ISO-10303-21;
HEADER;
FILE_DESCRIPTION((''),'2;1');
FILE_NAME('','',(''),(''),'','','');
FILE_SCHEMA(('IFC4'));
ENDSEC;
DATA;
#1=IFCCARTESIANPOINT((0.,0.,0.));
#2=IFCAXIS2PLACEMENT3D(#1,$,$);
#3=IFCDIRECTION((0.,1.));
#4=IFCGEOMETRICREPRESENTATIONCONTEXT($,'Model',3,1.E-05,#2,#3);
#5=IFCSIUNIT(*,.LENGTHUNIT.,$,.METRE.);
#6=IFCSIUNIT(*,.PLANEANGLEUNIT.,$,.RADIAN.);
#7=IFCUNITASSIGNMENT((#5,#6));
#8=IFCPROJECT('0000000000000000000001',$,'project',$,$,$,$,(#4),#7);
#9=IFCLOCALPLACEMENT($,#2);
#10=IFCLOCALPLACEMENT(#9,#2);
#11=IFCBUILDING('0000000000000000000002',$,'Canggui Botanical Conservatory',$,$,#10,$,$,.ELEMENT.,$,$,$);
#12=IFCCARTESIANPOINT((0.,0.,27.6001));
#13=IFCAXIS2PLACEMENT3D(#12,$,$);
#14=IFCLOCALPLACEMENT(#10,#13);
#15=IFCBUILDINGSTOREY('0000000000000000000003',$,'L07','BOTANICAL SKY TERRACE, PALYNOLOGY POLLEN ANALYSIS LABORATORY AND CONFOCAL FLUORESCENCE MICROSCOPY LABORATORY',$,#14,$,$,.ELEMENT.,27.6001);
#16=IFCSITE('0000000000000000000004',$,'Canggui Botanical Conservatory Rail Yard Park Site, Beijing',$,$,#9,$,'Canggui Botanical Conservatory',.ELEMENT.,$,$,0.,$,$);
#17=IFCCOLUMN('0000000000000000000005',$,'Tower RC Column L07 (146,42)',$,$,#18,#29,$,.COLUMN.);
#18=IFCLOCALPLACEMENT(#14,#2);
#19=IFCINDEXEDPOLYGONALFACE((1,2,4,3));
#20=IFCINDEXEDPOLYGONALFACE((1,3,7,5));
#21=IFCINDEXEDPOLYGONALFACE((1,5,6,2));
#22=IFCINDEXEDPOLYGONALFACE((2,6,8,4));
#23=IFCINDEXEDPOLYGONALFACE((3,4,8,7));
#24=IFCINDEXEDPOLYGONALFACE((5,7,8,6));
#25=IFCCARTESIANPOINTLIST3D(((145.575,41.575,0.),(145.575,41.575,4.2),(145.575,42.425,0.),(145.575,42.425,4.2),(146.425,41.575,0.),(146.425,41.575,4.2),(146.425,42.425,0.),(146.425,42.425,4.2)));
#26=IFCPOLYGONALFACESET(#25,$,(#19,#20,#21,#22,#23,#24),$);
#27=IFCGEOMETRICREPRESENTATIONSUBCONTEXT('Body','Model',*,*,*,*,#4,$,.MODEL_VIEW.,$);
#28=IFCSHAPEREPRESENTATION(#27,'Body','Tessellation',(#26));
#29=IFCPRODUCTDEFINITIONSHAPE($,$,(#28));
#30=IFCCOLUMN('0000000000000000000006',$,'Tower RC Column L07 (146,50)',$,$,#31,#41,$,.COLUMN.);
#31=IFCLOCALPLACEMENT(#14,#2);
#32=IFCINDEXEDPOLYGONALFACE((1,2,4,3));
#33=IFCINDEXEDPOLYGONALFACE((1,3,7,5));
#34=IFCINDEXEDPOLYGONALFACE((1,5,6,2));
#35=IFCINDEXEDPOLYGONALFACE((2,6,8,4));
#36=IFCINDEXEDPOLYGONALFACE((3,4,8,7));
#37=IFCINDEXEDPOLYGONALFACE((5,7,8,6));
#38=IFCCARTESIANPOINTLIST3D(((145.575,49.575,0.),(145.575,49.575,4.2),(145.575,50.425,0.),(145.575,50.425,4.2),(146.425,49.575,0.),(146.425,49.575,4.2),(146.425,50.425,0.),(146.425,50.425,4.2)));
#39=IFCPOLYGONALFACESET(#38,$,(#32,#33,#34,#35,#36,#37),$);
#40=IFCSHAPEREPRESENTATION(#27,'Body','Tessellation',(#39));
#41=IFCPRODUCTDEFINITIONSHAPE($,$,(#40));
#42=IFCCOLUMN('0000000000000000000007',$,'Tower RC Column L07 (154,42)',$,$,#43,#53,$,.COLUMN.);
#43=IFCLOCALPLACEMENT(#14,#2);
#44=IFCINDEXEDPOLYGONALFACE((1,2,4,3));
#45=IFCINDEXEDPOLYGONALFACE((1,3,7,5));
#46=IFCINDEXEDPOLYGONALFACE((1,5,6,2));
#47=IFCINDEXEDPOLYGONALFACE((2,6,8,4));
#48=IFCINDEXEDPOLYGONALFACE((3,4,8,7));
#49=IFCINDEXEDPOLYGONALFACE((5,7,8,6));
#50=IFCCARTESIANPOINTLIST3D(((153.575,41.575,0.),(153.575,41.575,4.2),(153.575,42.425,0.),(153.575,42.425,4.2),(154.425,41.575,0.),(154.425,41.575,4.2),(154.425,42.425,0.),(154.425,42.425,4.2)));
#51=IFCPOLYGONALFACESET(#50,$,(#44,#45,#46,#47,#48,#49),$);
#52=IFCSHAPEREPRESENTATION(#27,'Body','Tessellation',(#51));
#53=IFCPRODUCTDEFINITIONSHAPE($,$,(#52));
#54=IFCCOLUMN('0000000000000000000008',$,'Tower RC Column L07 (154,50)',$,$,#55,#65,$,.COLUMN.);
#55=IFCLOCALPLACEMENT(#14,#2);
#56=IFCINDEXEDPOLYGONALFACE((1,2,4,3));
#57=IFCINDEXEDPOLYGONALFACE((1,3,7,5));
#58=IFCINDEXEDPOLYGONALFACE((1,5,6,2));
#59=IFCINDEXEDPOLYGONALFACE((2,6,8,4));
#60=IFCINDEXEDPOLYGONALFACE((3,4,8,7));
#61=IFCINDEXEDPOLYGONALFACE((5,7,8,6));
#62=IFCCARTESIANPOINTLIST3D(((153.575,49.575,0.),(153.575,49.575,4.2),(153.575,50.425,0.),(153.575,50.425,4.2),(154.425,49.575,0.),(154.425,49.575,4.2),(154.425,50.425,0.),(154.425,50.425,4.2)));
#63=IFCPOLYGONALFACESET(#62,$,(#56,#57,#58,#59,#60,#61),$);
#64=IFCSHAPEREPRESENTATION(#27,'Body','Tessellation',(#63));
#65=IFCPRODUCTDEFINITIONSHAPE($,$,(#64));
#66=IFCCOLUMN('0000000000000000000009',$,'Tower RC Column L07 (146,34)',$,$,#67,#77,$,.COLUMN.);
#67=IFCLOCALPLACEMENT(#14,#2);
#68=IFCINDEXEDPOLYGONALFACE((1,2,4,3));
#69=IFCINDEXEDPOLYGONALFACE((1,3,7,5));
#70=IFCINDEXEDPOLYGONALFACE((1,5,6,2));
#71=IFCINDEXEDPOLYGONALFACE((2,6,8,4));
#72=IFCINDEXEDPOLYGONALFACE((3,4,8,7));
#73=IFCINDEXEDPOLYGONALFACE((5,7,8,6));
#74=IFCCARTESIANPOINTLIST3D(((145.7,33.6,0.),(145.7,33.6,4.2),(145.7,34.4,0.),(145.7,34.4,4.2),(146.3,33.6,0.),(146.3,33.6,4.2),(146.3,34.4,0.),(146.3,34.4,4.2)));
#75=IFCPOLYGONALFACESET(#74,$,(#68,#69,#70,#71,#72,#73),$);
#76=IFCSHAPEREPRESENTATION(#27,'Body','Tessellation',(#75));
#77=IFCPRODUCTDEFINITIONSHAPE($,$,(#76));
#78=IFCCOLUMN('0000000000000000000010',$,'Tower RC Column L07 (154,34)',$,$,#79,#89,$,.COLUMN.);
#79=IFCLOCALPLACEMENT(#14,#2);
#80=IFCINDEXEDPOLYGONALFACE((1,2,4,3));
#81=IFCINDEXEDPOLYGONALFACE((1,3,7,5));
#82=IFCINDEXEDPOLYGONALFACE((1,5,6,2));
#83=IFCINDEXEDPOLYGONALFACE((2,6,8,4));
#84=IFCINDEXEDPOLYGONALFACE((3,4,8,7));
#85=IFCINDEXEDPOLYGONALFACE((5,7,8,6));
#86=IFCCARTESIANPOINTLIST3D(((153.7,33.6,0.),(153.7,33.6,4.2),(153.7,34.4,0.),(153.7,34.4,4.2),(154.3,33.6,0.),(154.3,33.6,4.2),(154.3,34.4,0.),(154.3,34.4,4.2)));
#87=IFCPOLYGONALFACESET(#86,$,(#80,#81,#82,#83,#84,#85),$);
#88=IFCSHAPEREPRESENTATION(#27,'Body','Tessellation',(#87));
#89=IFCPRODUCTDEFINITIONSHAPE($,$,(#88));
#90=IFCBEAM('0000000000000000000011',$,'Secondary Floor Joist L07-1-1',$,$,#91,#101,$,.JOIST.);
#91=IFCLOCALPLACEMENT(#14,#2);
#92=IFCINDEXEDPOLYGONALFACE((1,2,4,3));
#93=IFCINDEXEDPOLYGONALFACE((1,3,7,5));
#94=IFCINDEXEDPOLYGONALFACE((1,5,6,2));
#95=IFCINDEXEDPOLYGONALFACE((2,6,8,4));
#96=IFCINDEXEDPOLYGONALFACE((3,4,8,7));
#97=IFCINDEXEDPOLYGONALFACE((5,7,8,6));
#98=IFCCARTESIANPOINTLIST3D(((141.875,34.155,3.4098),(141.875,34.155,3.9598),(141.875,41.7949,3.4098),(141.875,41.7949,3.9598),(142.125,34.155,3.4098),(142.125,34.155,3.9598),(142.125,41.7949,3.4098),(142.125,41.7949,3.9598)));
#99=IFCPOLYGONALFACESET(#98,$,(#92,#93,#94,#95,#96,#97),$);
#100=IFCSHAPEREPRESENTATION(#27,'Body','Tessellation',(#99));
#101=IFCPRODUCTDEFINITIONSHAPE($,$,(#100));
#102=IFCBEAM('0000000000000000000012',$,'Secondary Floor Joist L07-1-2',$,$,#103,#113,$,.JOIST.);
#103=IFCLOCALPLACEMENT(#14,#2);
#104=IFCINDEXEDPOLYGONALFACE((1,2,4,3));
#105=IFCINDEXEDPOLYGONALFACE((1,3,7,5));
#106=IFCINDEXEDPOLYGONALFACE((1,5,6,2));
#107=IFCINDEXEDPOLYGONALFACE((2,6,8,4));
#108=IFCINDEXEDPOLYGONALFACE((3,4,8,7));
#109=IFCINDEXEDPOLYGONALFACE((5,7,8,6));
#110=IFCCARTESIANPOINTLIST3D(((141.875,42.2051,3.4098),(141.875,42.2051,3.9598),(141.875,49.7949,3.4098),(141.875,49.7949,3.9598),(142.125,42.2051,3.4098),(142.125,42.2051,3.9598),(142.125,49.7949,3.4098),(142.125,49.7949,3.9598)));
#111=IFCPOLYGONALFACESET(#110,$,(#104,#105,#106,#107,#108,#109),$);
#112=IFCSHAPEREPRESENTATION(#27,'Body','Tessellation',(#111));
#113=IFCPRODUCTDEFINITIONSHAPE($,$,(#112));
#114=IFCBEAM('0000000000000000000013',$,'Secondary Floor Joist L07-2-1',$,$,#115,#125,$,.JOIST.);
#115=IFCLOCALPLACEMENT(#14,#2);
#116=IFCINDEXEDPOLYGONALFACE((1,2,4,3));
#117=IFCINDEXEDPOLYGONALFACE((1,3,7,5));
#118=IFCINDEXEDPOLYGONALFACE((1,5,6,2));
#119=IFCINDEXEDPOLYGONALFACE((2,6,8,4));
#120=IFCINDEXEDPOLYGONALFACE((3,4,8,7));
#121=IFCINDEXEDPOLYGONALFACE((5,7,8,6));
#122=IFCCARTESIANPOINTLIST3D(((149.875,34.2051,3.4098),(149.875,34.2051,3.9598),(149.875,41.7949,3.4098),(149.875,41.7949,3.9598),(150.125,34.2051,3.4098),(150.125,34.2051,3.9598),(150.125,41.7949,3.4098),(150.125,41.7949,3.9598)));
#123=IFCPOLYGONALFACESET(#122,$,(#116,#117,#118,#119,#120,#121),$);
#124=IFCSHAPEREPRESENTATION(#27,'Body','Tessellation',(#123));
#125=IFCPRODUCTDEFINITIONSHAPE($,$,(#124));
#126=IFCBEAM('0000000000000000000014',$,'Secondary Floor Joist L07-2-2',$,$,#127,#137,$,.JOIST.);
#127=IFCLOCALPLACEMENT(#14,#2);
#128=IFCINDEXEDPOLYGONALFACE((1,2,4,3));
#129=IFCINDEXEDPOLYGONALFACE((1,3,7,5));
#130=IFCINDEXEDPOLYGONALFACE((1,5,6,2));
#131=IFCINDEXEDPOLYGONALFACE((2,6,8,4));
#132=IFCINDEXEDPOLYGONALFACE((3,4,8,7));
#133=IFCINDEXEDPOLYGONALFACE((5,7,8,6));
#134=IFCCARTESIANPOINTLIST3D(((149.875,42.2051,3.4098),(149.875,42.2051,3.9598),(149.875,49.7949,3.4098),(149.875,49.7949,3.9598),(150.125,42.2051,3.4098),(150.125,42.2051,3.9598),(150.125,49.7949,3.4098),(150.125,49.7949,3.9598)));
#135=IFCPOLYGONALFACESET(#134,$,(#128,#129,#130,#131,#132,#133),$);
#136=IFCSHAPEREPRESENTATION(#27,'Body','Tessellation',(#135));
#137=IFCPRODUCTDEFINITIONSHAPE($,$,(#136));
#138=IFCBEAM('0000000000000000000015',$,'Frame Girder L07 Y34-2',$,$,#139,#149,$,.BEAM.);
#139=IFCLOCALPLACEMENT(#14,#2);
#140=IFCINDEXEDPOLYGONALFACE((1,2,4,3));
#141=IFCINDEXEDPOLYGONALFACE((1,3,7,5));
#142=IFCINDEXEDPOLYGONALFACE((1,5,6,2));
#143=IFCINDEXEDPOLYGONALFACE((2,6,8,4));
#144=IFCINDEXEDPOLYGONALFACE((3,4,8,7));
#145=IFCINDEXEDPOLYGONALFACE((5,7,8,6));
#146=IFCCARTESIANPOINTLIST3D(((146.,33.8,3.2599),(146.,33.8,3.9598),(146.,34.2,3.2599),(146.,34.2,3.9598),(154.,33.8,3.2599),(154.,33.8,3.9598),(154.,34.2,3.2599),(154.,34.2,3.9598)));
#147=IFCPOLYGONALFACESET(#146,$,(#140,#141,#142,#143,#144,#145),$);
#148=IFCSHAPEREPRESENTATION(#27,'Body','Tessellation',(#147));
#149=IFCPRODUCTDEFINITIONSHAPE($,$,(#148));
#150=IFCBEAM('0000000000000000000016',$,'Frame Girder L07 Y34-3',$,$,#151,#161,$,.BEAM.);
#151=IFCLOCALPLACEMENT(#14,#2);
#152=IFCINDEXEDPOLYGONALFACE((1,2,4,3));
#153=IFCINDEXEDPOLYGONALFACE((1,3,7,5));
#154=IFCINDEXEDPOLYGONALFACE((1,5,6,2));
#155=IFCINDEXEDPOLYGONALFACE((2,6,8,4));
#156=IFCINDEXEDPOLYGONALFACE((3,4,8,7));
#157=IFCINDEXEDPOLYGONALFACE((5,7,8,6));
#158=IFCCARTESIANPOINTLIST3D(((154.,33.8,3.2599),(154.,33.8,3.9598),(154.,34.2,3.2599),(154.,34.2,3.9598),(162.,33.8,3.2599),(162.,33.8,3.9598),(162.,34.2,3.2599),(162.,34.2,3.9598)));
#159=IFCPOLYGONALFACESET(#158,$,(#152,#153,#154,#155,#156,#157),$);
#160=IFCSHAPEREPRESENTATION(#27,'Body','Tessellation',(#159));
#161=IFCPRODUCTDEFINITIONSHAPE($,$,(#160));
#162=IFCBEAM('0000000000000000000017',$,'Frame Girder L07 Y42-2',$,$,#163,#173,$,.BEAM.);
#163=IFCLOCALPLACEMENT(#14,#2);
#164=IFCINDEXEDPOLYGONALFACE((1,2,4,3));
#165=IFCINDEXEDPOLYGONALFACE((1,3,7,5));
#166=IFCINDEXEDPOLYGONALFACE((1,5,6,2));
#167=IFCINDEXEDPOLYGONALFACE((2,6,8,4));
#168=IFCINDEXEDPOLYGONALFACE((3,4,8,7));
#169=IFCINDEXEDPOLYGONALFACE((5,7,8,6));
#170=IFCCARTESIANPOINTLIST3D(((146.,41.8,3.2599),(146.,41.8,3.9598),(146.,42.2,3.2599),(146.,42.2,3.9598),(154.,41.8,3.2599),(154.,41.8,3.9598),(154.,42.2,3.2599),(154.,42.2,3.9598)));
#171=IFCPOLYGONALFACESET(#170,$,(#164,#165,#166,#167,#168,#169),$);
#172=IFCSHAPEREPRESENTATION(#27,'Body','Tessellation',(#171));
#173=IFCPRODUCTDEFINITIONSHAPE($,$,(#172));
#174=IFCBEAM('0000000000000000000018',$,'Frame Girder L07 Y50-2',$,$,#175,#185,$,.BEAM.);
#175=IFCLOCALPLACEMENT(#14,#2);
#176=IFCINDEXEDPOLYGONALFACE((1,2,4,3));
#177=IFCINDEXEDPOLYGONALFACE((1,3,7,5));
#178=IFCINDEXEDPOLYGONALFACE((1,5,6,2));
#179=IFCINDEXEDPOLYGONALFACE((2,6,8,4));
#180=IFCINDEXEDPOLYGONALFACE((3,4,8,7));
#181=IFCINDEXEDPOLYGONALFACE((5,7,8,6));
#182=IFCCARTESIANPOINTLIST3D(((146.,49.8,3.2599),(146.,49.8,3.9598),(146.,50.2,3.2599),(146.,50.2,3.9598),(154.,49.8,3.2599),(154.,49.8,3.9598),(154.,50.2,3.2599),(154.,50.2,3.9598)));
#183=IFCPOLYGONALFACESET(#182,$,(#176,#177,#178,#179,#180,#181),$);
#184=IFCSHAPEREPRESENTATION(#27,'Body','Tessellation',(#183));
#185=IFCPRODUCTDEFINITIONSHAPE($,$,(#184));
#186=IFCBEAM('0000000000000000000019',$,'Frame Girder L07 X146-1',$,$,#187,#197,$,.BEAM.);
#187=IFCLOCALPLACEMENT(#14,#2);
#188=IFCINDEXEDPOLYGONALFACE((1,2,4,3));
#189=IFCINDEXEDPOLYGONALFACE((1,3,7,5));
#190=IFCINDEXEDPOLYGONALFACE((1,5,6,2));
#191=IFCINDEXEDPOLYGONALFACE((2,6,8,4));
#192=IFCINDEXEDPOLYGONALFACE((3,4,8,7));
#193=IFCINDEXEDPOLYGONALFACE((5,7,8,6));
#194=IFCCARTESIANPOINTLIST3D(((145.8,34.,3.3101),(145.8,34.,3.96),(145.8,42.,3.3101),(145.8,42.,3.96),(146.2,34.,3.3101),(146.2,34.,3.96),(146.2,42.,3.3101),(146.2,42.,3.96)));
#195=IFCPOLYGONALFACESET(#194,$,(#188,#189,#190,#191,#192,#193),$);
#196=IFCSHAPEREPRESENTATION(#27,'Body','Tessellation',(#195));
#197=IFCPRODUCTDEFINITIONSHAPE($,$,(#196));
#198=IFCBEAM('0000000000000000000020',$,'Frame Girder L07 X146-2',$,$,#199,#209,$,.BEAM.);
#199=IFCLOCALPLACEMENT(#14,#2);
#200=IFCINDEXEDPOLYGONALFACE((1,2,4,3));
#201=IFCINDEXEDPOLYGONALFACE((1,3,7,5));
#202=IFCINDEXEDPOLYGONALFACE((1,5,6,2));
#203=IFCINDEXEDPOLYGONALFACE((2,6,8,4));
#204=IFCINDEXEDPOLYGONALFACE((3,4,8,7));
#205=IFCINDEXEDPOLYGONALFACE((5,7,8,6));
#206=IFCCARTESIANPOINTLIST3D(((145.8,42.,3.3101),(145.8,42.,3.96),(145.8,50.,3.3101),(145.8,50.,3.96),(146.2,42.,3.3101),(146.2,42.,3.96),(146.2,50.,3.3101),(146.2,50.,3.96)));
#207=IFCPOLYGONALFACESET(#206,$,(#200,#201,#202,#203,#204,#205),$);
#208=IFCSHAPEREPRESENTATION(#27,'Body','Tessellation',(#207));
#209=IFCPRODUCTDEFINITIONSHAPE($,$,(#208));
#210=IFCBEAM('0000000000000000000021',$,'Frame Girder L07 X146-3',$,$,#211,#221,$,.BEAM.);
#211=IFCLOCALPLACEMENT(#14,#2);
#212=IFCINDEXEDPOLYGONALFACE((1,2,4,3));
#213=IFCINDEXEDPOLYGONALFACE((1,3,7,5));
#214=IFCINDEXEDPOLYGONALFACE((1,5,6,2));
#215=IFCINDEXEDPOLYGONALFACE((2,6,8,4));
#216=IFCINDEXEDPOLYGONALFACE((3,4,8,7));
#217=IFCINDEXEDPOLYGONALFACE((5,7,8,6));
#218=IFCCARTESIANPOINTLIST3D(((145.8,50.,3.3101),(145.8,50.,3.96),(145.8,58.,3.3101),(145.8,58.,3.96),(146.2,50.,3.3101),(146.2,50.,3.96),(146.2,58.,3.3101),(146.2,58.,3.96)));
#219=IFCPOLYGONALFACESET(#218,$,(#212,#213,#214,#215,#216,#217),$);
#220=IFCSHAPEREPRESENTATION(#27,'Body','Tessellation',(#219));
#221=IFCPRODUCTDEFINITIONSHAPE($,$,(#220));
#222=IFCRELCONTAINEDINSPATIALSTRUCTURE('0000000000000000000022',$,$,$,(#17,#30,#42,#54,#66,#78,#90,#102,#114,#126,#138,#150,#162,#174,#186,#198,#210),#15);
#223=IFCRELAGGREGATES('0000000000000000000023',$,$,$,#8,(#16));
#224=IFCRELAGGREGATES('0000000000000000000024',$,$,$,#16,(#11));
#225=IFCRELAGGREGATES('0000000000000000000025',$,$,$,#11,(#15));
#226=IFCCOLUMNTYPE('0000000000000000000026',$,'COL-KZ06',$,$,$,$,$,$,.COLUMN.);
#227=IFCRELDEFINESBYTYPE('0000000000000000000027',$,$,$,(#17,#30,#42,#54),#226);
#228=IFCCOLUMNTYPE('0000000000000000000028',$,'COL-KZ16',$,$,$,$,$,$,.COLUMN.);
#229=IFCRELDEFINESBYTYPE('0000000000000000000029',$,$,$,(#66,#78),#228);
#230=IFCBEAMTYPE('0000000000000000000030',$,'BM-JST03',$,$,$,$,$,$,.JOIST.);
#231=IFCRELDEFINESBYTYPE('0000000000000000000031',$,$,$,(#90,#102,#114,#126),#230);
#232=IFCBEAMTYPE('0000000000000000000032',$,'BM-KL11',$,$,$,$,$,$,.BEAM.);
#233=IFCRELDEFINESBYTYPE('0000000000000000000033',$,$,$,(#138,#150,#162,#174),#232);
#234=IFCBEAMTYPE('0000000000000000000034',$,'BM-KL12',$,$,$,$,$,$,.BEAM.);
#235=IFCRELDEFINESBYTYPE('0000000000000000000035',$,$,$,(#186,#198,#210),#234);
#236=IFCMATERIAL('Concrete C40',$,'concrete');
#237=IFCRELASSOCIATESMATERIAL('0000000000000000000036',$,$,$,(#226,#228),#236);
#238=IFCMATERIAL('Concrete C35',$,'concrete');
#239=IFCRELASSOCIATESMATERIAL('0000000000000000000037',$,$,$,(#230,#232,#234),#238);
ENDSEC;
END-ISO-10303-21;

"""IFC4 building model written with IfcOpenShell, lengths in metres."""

from ifc_helpers import new_model, si_unit, direction, frame, origin, origin_2d, place, context, subcontext, project, spatial, rectangle, extrude, material, material_profile, profile_set, type_object, element, save


model = new_model("IFC4")

# Units and contexts
model_context = context("Model", 3, precision=1e-05, world=origin(), true_north=direction((0.0, 1.0)))
body_context = subcontext(model_context, "Body", "Model", "MODEL_VIEW")
ifc_project = project(units=[si_unit("LENGTHUNIT", "METRE"), si_unit("PLANEANGLEUNIT", "RADIAN")], contexts=[model_context])

# Site, building, storey
site_placement = place(None, origin())
site = spatial("IfcSite", under=ifc_project, at=site_placement, Name="Canggui Botanical Conservatory Rail Yard Park Site, Beijing", LongName="Canggui Botanical Conservatory", CompositionType="ELEMENT", RefElevation=0.0)
building_placement = place(site_placement, origin())
building = spatial("IfcBuilding", under=site, at=building_placement, Name="Canggui Botanical Conservatory", CompositionType="ELEMENT")
storey_placement = place(building_placement, frame((0.0, 0.0, 27.6001)))
storey = spatial("IfcBuildingStorey", under=building, at=storey_placement, Name="L07", Description="BOTANICAL SKY TERRACE, PALYNOLOGY POLLEN ANALYSIS LABORATORY AND CONFOCAL FLUORESCENCE MICROSCOPY LABORATORY", CompositionType="ELEMENT", Elevation=27.6001)

# Columns
ifc_material_1 = material(Name="Concrete C40", Category="concrete")
ifc_material_profile_1 = material_profile(ifc_material_1, rectangle(XDim=0.8501, YDim=0.8501, at=origin_2d()), Name="RC 850x850")
ifc_profile_set_1 = profile_set([ifc_material_profile_1], Name="Concrete C40")
column_type_1 = type_object("IfcColumnType", Name="COL-KZ06", PredefinedType="COLUMN", material=ifc_profile_set_1)
for number, where, z_axis, x_axis, name in (
    (1, (146.0, 42.0, 0.0), (0.0, 0.0, 1.0), (1.0, 0.0, 0.0), "Tower RC Column L07 (146,42)"),
    (2, (146.0, 50.0, 0.0), (0.0, 0.0, 1.0), (1.0, 0.0, 0.0), "Tower RC Column L07 (146,50)"),
    (3, (154.0, 42.0, 0.0), (0.0, 0.0, 1.0), (1.0, 0.0, 0.0), "Tower RC Column L07 (154,42)"),
    (4, (154.0, 50.0, 0.0), (0.0, 0.0, 1.0), (1.0, 0.0, 0.0), "Tower RC Column L07 (154,50)"),
):
    element("IfcColumn", number, at=place(storey_placement, frame(where, z_axis=z_axis, x_axis=x_axis)), inside=storey, type_object=column_type_1, Name=name, PredefinedType="COLUMN", context=body_context, shape_type="SweptSolid", body=[
        extrude(rectangle(XDim=0.8501, YDim=0.8501, at=origin_2d()), origin(), (0.0, 0.0, 1.0), 4.2),
    ])
ifc_material_profile_2 = material_profile(ifc_material_1, rectangle(XDim=0.6001, YDim=0.8, at=origin_2d()), Name="RC 600x800")
ifc_profile_set_2 = profile_set([ifc_material_profile_2], Name="Concrete C40")
column_type_2 = type_object("IfcColumnType", Name="COL-KZ16", PredefinedType="COLUMN", material=ifc_profile_set_2)
for number, where, z_axis, x_axis, name in (
    (5, (146.0, 34.0, 0.0), (0.0, 0.0, 1.0), (1.0, 0.0, 0.0), "Tower RC Column L07 (146,34)"),
    (6, (154.0, 34.0, 0.0), (0.0, 0.0, 1.0), (1.0, 0.0, 0.0), "Tower RC Column L07 (154,34)"),
):
    element("IfcColumn", number, at=place(storey_placement, frame(where, z_axis=z_axis, x_axis=x_axis)), inside=storey, type_object=column_type_2, Name=name, PredefinedType="COLUMN", context=body_context, shape_type="SweptSolid", body=[
        extrude(rectangle(XDim=0.6001, YDim=0.8, at=origin_2d()), origin(), (0.0, 0.0, 1.0), 4.2),
    ])

# Beams
ifc_material_2 = material(Name="Concrete C35", Category="concrete")
ifc_material_profile_3 = material_profile(ifc_material_2, rectangle(XDim=0.25, YDim=0.55, at=origin_2d()), Name="RB 250x550")
ifc_profile_set_3 = profile_set([ifc_material_profile_3], Name="Concrete C35")
beam_type_1 = type_object("IfcBeamType", Name="BM-JST03", PredefinedType="JOIST", material=ifc_profile_set_3)
beam_1_placement = place(storey_placement, frame((142.0, 34.155, 3.6848), z_axis=(0.0, 1.0, 0.0), x_axis=(-1.0, 0.0, 0.0)))
element("IfcBeam", 7, at=beam_1_placement, inside=storey, type_object=beam_type_1, Name="Secondary Floor Joist L07-1-1", PredefinedType="JOIST", context=body_context, shape_type="SweptSolid", body=[
    extrude(rectangle(XDim=0.25, YDim=0.55, at=origin_2d()), origin(), (0.0, 0.0, 1.0), 7.6399),
])
for number, where, z_axis, x_axis, name in (
    (8, (142.0, 42.2051, 3.6848), (0.0, 1.0, 0.0), (-1.0, 0.0, 0.0), "Secondary Floor Joist L07-1-2"),
    (9, (150.0, 34.2051, 3.6848), (0.0, 1.0, 0.0), (-1.0, 0.0, 0.0), "Secondary Floor Joist L07-2-1"),
    (10, (150.0, 42.2051, 3.6848), (0.0, 1.0, 0.0), (-1.0, 0.0, 0.0), "Secondary Floor Joist L07-2-2"),
):
    element("IfcBeam", number, at=place(storey_placement, frame(where, z_axis=z_axis, x_axis=x_axis)), inside=storey, type_object=beam_type_1, Name=name, PredefinedType="JOIST", context=body_context, shape_type="SweptSolid", body=[
        extrude(rectangle(XDim=0.25, YDim=0.55, at=origin_2d()), origin(), (0.0, 0.0, 1.0), 7.5898),
    ])
ifc_material_profile_4 = material_profile(ifc_material_2, rectangle(XDim=0.3999, YDim=0.7, at=origin_2d()), Name="RB 400x700")
ifc_profile_set_4 = profile_set([ifc_material_profile_4], Name="Concrete C35")
beam_type_2 = type_object("IfcBeamType", Name="BM-KL11", PredefinedType="BEAM", material=ifc_profile_set_4)
for number, where, z_axis, x_axis, name in (
    (11, (146.0, 34.0, 3.6099), (1.0, 0.0, 0.0), (0.0, 1.0, 0.0), "Frame Girder L07 Y34-2"),
    (12, (154.0, 34.0, 3.6099), (1.0, 0.0, 0.0), (0.0, 1.0, 0.0), "Frame Girder L07 Y34-3"),
    (13, (146.0, 42.0, 3.6099), (1.0, 0.0, 0.0), (0.0, 1.0, 0.0), "Frame Girder L07 Y42-2"),
    (14, (146.0, 50.0, 3.6099), (1.0, 0.0, 0.0), (0.0, 1.0, 0.0), "Frame Girder L07 Y50-2"),
):
    element("IfcBeam", number, at=place(storey_placement, frame(where, z_axis=z_axis, x_axis=x_axis)), inside=storey, type_object=beam_type_2, Name=name, PredefinedType="BEAM", context=body_context, shape_type="SweptSolid", body=[
        extrude(rectangle(XDim=0.3999, YDim=0.7, at=origin_2d()), origin(), (0.0, 0.0, 1.0), 8.0),
    ])
ifc_material_profile_5 = material_profile(ifc_material_2, rectangle(XDim=0.3999, YDim=0.6499, at=origin_2d()), Name="RB 400x650")
ifc_profile_set_5 = profile_set([ifc_material_profile_5], Name="Concrete C35")
beam_type_3 = type_object("IfcBeamType", Name="BM-KL12", PredefinedType="BEAM", material=ifc_profile_set_5)
for number, where, z_axis, x_axis, name in (
    (15, (146.0, 34.0, 3.635), (0.0, 1.0, 0.0), (-1.0, 0.0, 0.0), "Frame Girder L07 X146-1"),
    (16, (146.0, 42.0, 3.635), (0.0, 1.0, 0.0), (-1.0, 0.0, 0.0), "Frame Girder L07 X146-2"),
    (17, (146.0, 50.0, 3.635), (0.0, 1.0, 0.0), (-1.0, 0.0, 0.0), "Frame Girder L07 X146-3"),
):
    element("IfcBeam", number, at=place(storey_placement, frame(where, z_axis=z_axis, x_axis=x_axis)), inside=storey, type_object=beam_type_3, Name=name, PredefinedType="BEAM", context=body_context, shape_type="SweptSolid", body=[
        extrude(rectangle(XDim=0.3999, YDim=0.6499, at=origin_2d()), origin(), (0.0, 0.0, 1.0), 8.0),
    ])

save(model, "model.ifc")
